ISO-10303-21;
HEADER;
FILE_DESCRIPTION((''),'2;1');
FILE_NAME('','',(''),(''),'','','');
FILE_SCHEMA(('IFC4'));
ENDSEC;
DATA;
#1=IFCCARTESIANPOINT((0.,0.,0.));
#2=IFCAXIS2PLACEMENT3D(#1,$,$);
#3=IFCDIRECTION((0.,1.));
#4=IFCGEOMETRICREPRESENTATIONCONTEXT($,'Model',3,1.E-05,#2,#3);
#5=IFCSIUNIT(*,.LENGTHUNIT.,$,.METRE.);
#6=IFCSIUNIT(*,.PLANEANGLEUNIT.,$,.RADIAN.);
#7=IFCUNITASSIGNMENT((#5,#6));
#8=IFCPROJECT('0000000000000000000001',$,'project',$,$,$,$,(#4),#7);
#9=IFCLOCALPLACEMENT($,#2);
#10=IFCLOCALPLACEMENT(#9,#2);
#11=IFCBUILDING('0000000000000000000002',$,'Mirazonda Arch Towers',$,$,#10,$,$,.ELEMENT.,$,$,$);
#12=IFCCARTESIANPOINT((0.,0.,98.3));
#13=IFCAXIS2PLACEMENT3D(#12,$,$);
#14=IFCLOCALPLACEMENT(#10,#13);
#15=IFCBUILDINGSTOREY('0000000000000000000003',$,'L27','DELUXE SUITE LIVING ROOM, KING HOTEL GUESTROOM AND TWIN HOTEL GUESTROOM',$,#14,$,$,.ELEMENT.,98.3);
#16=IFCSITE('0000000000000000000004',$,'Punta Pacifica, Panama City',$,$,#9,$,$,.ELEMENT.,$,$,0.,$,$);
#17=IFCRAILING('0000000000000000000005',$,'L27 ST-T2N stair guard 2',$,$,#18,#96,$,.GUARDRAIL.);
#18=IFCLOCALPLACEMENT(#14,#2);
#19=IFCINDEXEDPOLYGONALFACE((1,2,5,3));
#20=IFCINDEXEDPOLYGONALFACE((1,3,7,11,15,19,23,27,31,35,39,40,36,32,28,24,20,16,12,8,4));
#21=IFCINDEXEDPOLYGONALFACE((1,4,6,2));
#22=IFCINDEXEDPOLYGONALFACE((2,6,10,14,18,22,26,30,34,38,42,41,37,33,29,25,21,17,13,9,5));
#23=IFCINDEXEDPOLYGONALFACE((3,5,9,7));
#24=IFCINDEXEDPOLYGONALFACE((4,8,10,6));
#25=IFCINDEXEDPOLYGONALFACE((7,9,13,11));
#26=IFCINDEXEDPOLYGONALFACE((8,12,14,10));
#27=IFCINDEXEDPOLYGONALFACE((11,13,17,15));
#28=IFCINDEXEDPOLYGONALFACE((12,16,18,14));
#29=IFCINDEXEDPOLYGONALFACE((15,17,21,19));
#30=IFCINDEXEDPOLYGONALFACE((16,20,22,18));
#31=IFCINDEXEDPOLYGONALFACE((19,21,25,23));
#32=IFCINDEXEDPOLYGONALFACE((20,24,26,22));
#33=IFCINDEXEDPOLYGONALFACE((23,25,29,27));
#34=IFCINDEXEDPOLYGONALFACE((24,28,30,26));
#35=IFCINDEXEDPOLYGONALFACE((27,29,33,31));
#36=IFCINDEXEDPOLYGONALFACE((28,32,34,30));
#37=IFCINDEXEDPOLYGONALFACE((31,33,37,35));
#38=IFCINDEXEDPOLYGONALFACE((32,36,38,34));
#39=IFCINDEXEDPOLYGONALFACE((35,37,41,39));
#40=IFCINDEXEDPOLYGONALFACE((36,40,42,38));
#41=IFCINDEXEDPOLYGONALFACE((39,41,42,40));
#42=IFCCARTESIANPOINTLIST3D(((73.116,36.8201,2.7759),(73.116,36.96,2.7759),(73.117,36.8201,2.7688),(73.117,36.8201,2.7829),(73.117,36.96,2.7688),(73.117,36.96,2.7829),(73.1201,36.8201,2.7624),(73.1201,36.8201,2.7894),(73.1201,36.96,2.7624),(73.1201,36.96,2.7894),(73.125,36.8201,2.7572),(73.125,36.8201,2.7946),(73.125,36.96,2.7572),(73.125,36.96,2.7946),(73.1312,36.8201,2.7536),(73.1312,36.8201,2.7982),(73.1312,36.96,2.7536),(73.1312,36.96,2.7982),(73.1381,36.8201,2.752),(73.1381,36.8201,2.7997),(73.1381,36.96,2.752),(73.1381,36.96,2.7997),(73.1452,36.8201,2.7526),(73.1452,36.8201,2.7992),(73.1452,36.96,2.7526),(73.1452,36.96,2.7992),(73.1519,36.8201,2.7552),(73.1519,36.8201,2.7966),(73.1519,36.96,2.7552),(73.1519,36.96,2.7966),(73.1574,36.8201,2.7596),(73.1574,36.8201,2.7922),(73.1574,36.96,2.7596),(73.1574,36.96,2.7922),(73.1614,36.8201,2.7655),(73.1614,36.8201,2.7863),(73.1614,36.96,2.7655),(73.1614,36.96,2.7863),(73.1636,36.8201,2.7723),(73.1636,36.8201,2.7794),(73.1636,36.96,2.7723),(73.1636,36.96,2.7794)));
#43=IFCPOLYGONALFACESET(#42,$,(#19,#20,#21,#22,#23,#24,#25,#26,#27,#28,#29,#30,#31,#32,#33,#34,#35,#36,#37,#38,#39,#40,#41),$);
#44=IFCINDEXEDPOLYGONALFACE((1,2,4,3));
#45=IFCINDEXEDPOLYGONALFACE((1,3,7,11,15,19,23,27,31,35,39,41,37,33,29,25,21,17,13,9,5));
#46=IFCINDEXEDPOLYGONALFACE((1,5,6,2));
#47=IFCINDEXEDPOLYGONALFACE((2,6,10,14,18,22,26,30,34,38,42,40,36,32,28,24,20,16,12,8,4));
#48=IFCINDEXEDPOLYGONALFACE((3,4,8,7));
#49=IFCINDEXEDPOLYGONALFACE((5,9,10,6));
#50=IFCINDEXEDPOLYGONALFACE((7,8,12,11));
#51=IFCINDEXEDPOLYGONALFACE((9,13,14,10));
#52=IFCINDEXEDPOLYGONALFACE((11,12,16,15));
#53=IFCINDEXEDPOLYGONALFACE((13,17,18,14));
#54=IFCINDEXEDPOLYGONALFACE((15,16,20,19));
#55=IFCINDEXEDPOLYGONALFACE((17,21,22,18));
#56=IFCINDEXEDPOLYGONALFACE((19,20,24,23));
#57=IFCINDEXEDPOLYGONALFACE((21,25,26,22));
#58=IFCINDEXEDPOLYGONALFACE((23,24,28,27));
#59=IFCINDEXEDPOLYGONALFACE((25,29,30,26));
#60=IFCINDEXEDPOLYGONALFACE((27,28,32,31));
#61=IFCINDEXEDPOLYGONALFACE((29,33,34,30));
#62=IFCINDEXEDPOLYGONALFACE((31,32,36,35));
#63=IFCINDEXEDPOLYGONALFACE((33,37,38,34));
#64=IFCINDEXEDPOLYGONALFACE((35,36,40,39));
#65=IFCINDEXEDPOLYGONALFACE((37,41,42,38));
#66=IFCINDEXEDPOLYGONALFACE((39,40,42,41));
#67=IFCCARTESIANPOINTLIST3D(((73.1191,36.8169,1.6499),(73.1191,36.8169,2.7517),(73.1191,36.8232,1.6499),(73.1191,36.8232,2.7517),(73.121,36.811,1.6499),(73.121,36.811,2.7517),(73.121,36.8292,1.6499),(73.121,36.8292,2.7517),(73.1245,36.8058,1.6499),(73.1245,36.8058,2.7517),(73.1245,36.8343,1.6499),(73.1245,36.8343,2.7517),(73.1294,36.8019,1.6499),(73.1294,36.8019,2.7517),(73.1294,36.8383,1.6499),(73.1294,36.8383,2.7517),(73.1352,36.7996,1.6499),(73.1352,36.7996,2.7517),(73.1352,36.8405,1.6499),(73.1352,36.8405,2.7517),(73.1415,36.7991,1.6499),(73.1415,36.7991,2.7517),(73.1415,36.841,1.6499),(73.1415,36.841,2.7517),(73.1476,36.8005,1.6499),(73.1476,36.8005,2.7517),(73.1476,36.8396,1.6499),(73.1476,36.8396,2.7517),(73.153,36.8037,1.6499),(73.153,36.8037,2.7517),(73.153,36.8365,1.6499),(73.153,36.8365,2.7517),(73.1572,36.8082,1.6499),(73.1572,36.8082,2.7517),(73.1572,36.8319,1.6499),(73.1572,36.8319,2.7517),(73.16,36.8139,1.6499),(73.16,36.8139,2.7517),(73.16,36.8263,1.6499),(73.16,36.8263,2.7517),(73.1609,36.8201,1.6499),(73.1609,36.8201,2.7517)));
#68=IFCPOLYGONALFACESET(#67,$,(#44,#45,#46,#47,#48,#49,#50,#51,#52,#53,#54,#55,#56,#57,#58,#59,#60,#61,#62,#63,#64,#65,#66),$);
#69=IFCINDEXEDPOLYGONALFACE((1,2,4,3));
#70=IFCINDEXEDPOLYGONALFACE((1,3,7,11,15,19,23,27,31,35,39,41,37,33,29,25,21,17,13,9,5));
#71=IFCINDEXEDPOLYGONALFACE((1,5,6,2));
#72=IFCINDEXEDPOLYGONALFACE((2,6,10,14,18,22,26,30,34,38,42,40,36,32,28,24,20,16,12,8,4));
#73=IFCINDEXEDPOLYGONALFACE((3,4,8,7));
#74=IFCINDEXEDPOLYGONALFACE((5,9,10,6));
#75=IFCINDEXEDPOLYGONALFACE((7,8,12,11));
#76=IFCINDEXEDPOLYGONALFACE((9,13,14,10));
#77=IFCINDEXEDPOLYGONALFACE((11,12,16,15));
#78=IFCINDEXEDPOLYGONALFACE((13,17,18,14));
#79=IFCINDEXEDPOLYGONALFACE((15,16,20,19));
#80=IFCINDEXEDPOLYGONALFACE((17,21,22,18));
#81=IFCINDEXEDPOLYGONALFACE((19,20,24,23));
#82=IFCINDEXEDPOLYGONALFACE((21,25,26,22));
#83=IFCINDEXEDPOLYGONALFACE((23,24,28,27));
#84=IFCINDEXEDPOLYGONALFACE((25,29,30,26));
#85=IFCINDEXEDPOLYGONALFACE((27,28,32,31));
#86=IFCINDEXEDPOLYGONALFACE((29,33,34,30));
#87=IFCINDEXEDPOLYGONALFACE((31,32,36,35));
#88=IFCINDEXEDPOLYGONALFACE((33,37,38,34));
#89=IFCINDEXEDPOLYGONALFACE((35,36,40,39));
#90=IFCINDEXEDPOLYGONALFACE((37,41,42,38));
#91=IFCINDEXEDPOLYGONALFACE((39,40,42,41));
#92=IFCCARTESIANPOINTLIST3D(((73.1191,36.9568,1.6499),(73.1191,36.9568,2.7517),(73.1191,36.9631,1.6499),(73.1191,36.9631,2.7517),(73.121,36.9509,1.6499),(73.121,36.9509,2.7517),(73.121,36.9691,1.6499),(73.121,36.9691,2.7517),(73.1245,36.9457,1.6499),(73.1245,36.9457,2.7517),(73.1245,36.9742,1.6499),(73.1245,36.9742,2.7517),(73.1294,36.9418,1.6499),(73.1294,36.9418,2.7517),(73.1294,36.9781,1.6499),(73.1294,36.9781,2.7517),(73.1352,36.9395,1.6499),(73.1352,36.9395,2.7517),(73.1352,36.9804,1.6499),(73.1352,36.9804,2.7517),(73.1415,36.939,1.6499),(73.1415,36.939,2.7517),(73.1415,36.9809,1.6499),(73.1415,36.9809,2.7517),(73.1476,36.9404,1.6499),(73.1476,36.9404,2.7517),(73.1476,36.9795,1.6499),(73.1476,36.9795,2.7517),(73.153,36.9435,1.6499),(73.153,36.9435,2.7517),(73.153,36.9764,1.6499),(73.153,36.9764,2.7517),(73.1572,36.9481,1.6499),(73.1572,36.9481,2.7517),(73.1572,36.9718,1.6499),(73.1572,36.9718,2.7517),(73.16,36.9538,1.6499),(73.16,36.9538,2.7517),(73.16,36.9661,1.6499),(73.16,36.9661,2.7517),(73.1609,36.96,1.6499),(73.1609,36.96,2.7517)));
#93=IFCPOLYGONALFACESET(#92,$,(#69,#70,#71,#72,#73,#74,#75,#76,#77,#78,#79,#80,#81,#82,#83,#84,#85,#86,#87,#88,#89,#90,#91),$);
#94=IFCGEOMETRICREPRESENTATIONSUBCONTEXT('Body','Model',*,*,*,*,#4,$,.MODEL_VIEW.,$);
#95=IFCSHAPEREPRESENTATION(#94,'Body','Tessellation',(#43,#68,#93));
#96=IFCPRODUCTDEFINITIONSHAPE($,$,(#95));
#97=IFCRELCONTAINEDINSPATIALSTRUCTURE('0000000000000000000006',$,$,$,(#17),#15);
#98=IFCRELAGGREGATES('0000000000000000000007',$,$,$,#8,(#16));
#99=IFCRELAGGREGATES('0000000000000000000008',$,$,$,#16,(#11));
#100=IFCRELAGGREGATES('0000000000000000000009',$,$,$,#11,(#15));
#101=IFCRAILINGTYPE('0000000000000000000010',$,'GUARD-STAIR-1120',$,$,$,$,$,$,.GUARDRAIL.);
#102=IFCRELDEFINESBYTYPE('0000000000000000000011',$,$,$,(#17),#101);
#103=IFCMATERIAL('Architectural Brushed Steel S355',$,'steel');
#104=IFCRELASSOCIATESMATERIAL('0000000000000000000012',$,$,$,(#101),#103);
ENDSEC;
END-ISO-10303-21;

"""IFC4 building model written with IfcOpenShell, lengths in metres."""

from ifc_helpers import new_model, si_unit, direction, frame, origin, origin_2d, place, context, subcontext, project, spatial, circle, extrude, material, type_object, element, save


model = new_model("IFC4")

# Units and contexts
model_context = context("Model", 3, precision=1e-05, world=origin(), true_north=direction((0.0, 1.0)))
body_context = subcontext(model_context, "Body", "Model", "MODEL_VIEW")
ifc_project = project(units=[si_unit("LENGTHUNIT", "METRE"), si_unit("PLANEANGLEUNIT", "RADIAN")], contexts=[model_context])

# Site, building, storey
site_placement = place(None, origin())
site = spatial("IfcSite", under=ifc_project, at=site_placement, Name="Punta Pacifica, Panama City", CompositionType="ELEMENT", RefElevation=0.0)
building_placement = place(site_placement, origin())
building = spatial("IfcBuilding", under=site, at=building_placement, Name="Mirazonda Arch Towers", CompositionType="ELEMENT")
storey_placement = place(building_placement, frame((0.0, 0.0, 98.3)))
storey = spatial("IfcBuildingStorey", under=building, at=storey_placement, Name="L27", Description="DELUXE SUITE LIVING ROOM, KING HOTEL GUESTROOM AND TWIN HOTEL GUESTROOM", CompositionType="ELEMENT", Elevation=98.3)

# Shared definitions
ifc_material_1 = material(Name="Architectural Brushed Steel S355", Category="steel")

# Railing
railing_type_1 = type_object("IfcRailingType", Name="GUARD-STAIR-1120", PredefinedType="GUARDRAIL", material=ifc_material_1)
railing_1_placement = place(storey_placement, frame((73.1399, 36.8201, 1.6499)))
element("IfcRailing", 1, at=railing_1_placement, inside=storey, type_object=railing_type_1, Name="L27 ST-T2N stair guard 2", PredefinedType="GUARDRAIL", context=body_context, shape_type="SweptSolid", body=[
    extrude(circle(Radius=0.0239, at=origin_2d()), frame((0.0, 0.0, 1.126), z_axis=(0.0, 1.0, 0.0), x_axis=(-1.0, 0.0, 0.0)), (0.0, 0.0, 1.0), 0.1399),
    extrude(circle(Radius=0.021, at=origin_2d()), origin(), (0.0, 0.0, 1.0), 1.1018),
    extrude(circle(Radius=0.021, at=origin_2d()), frame((0.0, 0.1399, 0.0)), (0.0, 0.0, 1.0), 1.1018),
])

save(model, "model.ifc")
